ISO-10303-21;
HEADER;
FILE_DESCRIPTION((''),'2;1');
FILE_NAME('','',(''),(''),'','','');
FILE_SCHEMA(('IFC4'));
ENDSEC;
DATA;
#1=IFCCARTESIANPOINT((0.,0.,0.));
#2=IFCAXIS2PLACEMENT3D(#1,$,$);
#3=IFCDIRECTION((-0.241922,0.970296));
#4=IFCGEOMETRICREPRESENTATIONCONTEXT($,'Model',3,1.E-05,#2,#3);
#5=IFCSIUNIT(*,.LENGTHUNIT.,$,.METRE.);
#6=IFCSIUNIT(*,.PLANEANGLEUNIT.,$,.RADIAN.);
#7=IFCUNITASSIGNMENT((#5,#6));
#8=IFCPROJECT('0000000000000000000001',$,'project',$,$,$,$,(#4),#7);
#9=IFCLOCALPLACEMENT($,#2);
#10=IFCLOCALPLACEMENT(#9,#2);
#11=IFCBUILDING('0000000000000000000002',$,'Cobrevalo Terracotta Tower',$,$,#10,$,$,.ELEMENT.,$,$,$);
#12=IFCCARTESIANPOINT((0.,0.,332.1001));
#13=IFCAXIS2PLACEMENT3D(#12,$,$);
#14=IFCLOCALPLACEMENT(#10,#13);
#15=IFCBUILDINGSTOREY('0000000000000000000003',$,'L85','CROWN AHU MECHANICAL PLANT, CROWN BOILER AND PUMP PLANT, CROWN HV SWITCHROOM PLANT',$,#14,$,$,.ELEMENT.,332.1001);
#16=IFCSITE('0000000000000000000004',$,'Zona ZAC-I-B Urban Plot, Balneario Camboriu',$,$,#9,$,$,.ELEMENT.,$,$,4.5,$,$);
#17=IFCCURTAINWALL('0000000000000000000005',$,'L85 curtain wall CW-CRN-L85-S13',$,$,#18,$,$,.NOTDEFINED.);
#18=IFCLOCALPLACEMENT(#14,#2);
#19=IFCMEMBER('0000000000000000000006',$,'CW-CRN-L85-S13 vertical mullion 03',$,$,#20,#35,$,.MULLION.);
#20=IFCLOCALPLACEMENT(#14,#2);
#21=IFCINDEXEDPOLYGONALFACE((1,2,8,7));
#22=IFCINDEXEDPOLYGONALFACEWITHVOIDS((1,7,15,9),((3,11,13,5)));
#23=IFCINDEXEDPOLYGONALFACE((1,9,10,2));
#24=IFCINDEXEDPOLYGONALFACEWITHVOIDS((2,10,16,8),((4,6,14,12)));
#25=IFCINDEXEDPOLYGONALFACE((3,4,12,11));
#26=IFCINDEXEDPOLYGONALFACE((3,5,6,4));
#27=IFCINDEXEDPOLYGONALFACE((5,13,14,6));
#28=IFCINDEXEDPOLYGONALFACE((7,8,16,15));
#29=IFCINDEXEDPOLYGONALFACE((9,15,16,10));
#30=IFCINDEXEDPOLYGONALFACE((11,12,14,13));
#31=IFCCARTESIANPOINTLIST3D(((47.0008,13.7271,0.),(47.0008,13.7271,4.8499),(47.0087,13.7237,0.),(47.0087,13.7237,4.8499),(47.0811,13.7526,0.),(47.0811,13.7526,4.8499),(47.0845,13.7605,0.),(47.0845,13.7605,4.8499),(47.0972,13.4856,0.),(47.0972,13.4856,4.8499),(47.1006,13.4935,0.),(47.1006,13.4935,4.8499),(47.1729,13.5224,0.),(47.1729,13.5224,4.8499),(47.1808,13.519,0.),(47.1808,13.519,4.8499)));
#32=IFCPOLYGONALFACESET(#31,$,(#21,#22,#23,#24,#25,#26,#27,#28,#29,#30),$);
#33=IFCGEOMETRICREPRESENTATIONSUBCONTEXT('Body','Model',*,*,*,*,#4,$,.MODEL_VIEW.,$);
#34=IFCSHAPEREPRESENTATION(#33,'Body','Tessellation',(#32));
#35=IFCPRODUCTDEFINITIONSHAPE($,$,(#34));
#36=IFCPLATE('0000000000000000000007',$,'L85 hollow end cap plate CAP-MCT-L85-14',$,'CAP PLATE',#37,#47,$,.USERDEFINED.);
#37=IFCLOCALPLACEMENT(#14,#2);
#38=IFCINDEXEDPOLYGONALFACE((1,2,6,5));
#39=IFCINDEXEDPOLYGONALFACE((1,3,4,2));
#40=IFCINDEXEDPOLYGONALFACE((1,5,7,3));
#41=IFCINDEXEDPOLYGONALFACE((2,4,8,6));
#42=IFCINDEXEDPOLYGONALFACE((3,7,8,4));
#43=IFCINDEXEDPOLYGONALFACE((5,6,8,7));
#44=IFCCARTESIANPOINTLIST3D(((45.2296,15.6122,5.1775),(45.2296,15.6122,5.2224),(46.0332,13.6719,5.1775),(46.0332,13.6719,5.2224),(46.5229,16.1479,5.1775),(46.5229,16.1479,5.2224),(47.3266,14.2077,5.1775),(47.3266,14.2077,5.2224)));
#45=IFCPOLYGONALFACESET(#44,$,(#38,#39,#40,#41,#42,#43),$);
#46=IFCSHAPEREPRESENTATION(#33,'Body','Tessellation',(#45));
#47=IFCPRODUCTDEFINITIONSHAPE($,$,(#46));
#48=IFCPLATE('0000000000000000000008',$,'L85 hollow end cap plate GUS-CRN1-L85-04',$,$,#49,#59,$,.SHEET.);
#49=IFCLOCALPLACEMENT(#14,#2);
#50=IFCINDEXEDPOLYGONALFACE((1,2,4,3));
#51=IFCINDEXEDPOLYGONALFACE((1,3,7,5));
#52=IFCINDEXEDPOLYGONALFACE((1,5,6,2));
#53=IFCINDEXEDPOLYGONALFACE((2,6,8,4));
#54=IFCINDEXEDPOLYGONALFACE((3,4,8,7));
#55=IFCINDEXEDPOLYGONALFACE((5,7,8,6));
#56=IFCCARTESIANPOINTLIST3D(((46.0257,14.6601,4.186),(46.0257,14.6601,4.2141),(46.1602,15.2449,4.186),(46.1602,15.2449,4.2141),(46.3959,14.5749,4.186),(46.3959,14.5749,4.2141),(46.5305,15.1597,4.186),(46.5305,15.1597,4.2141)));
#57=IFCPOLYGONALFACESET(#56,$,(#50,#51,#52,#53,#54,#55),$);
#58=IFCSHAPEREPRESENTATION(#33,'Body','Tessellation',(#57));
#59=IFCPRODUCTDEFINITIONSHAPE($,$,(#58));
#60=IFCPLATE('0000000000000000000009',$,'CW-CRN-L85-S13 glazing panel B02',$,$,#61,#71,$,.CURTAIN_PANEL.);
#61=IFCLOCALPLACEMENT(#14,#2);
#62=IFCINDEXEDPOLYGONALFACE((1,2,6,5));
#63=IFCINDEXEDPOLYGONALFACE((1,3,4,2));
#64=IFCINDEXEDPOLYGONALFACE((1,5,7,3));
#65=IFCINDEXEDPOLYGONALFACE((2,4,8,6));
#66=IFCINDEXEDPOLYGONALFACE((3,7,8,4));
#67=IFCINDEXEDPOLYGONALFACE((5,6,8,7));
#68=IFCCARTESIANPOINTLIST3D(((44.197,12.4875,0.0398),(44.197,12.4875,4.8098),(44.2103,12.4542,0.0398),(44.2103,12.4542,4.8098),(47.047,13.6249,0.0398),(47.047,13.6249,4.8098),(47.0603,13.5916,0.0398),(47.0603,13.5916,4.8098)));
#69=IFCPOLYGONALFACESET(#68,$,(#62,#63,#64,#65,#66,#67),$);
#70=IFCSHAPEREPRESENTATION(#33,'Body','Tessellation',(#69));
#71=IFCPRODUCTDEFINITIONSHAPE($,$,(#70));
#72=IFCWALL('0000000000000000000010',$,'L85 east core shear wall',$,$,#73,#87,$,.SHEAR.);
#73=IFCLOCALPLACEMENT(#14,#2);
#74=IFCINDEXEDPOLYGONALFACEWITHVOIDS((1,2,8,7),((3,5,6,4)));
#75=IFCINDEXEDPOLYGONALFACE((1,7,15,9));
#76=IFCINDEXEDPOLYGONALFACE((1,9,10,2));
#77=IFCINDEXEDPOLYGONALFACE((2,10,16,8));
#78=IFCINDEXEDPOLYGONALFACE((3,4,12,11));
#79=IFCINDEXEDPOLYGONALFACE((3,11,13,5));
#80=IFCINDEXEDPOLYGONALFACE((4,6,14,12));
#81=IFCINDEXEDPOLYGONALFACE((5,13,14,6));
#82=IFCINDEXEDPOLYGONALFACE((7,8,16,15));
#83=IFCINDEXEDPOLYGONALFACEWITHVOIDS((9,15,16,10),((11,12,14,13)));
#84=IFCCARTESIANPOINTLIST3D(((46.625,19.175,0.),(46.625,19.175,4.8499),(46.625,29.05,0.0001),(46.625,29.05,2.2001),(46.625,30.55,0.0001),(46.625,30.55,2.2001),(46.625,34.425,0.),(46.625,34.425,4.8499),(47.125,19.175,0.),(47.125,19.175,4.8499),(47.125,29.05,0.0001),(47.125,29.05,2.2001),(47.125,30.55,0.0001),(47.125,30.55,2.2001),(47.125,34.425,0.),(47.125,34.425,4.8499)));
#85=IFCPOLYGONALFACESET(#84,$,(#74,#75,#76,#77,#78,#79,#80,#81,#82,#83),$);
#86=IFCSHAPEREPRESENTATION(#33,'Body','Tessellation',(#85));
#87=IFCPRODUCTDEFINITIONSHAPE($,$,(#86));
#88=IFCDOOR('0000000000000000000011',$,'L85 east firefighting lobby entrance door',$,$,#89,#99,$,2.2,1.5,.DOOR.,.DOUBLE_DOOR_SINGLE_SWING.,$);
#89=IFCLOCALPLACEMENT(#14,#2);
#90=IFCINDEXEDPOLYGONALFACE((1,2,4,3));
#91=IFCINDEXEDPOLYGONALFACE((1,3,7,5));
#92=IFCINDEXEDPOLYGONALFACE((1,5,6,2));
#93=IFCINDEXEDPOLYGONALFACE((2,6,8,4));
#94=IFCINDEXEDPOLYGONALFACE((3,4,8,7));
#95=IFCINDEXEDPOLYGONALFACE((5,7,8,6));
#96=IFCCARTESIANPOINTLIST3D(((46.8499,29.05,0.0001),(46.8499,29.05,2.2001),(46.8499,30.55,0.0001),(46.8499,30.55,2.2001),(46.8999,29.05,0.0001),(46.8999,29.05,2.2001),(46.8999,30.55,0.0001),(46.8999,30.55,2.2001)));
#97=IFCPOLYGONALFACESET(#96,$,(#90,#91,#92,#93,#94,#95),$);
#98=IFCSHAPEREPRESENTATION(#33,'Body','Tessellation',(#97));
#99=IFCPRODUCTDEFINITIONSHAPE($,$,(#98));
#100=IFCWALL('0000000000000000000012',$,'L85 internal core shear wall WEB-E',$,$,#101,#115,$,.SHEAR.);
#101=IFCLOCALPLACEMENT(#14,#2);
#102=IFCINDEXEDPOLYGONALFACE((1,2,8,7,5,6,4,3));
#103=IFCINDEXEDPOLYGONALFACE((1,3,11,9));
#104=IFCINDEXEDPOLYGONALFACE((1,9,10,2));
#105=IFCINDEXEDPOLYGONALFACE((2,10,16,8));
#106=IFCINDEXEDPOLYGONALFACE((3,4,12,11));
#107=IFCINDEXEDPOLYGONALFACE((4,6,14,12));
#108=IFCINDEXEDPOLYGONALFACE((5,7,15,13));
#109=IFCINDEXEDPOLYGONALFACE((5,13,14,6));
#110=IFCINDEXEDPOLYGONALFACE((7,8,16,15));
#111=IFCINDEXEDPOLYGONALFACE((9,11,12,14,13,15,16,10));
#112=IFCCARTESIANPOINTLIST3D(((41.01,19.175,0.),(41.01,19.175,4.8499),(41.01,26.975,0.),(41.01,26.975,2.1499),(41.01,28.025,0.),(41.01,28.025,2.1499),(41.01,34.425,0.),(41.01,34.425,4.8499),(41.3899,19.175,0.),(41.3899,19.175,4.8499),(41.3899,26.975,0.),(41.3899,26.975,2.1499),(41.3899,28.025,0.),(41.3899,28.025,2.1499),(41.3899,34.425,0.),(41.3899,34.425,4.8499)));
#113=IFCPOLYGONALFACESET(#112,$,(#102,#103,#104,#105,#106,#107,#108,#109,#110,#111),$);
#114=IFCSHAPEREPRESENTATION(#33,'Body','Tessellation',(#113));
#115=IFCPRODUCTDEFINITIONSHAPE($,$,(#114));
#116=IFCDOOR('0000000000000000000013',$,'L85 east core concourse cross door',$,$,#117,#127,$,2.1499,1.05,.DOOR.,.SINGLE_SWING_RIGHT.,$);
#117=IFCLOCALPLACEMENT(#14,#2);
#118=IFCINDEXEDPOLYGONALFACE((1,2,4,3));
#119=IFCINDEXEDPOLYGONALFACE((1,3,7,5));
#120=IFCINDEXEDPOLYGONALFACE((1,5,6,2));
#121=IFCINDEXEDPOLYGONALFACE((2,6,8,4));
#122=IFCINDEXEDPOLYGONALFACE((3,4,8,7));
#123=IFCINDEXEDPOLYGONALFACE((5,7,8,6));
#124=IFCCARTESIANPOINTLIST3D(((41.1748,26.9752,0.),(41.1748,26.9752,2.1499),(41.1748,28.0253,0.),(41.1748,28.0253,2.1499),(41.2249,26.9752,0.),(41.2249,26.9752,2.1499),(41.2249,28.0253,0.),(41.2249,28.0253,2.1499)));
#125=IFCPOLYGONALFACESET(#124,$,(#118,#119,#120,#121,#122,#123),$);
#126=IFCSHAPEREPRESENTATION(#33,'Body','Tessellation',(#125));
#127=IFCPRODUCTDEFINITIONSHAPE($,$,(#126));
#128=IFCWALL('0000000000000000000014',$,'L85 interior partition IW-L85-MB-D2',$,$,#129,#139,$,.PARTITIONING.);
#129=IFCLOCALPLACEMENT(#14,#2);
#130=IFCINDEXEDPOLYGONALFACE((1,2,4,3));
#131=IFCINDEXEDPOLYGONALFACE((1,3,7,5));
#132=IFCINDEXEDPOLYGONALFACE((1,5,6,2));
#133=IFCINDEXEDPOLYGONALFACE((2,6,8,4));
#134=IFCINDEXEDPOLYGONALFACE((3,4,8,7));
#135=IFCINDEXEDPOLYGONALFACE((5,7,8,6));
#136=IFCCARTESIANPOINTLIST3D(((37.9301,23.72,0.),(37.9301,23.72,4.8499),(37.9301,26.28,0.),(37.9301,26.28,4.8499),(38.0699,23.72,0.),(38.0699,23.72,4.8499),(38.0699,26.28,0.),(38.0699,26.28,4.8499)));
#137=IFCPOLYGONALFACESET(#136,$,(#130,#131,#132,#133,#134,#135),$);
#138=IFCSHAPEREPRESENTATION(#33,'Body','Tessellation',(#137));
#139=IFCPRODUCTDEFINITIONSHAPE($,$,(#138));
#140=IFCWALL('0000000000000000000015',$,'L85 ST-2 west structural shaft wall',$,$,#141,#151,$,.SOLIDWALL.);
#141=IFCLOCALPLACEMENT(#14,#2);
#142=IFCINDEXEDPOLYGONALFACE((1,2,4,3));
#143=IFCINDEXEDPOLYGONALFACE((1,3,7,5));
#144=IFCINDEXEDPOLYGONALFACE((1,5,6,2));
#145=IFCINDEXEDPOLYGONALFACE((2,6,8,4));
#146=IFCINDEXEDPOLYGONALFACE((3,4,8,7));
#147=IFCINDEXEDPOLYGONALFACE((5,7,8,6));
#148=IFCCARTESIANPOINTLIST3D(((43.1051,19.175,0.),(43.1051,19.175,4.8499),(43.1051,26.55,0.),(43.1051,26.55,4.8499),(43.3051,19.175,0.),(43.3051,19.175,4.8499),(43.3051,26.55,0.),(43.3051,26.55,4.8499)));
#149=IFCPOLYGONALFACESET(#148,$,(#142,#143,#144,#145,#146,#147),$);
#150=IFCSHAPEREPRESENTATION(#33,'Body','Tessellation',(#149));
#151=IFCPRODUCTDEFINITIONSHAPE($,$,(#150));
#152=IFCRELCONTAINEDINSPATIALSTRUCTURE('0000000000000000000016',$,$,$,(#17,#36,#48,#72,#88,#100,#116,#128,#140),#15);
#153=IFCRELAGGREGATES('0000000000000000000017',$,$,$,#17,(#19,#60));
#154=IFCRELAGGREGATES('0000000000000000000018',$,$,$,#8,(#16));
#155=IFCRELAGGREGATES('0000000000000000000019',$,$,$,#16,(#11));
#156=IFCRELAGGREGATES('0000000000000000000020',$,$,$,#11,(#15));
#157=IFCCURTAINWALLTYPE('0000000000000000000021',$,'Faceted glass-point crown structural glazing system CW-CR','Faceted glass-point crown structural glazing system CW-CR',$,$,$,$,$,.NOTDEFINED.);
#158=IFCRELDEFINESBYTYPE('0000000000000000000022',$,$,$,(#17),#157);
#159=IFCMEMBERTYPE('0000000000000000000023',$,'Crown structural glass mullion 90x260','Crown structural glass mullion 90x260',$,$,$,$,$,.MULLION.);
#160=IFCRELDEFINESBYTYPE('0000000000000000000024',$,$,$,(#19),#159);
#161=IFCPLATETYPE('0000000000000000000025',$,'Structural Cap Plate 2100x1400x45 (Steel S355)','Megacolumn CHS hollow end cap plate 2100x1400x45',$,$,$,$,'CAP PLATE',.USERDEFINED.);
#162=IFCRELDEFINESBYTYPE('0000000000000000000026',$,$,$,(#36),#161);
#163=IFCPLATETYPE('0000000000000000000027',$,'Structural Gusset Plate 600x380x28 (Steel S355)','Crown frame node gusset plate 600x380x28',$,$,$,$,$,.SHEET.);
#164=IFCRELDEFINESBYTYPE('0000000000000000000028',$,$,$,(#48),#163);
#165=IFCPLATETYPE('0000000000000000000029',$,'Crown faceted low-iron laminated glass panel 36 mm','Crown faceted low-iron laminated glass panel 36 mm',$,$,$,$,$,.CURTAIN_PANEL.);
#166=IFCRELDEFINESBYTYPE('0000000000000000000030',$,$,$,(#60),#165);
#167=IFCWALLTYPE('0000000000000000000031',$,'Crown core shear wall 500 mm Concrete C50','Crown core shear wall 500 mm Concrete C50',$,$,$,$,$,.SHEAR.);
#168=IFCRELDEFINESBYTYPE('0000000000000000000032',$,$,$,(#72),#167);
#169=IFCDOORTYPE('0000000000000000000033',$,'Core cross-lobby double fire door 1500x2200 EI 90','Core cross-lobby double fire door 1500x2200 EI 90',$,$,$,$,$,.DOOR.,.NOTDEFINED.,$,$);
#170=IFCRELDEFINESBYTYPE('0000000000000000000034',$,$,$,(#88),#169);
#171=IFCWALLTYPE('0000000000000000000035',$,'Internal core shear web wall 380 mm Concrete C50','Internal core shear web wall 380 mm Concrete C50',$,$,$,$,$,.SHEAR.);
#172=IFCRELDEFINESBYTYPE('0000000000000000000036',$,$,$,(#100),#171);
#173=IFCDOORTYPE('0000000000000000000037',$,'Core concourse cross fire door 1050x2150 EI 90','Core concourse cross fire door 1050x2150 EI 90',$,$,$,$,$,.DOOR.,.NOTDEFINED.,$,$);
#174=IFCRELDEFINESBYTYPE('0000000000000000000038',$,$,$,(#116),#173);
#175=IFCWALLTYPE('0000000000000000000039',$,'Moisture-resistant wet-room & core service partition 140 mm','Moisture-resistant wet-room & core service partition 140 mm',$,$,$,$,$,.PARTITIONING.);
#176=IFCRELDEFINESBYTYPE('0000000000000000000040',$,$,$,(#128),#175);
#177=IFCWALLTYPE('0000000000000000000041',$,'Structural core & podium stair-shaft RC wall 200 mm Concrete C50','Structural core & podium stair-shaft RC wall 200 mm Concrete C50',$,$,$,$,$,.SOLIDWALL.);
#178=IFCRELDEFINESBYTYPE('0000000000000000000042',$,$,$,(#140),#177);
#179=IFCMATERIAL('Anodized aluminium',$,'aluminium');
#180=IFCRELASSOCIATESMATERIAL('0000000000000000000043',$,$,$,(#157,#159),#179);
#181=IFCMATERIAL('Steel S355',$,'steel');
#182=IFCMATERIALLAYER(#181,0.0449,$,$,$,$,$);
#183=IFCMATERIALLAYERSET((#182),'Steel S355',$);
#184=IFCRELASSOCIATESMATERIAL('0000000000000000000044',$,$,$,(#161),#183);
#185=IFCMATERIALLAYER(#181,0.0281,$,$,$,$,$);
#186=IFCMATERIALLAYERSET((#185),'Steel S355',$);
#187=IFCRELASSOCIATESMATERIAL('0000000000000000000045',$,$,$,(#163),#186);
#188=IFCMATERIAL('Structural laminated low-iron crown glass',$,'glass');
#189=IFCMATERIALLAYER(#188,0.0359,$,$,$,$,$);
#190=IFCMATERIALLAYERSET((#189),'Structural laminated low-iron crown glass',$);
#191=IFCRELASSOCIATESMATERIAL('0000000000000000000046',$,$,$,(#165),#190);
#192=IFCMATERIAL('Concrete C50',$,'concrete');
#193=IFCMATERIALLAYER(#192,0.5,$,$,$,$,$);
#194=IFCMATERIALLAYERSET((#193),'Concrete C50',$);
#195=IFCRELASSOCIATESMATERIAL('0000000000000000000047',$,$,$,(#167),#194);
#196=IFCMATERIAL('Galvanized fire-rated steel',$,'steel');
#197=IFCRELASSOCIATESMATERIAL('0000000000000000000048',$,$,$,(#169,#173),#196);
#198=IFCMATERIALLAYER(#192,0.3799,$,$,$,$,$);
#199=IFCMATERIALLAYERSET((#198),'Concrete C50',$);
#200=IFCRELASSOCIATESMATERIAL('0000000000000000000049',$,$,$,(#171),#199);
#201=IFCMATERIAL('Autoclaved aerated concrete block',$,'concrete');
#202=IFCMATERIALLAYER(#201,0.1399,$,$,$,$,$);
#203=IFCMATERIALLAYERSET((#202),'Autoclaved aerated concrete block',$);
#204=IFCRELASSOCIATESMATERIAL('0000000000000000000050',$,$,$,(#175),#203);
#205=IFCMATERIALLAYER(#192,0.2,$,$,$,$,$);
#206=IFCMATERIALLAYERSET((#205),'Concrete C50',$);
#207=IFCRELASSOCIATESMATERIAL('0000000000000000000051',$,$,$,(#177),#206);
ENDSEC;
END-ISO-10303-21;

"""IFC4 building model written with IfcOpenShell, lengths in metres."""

from ifc_helpers import new_model, si_unit, direction, frame, frame_2d, origin, origin_2d, place, context, subcontext, project, spatial, rectangle, hollow_rectangle, extrude, source, transform, mapped, material, layer, layer_set, material_profile, profile_set, type_object, element, fill, aggregate, save


model = new_model("IFC4")

# Units and contexts
model_context = context("Model", 3, precision=1e-05, world=origin(), true_north=direction((-0.241922, 0.970296)))
body_context = subcontext(model_context, "Body", "Model", "MODEL_VIEW")
ifc_project = project(units=[si_unit("LENGTHUNIT", "METRE"), si_unit("PLANEANGLEUNIT", "RADIAN")], contexts=[model_context])

# Site, building, storey
site_placement = place(None, origin())
site = spatial("IfcSite", under=ifc_project, at=site_placement, Name="Zona ZAC-I-B Urban Plot, Balneario Camboriu", CompositionType="ELEMENT", RefElevation=4.5)
building_placement = place(site_placement, origin())
building = spatial("IfcBuilding", under=site, at=building_placement, Name="Cobrevalo Terracotta Tower", CompositionType="ELEMENT")
storey_placement = place(building_placement, frame((0.0, 0.0, 332.1001)))
storey = spatial("IfcBuildingStorey", under=building, at=storey_placement, Name="L85", Description="CROWN AHU MECHANICAL PLANT, CROWN BOILER AND PUMP PLANT, CROWN HV SWITCHROOM PLANT", CompositionType="ELEMENT", Elevation=332.1001)

# Shared definitions
ifc_material_1 = material(Name="Steel S355", Category="steel")
ifc_material_2 = material(Name="Concrete C50", Category="concrete")

# Curtain wall, member
ifc_material_3 = material(Name="Anodized aluminium", Category="aluminium")
curtain_wall_type = type_object("IfcCurtainWallType", Name="Faceted glass-point crown structural glazing system CW-CR", Description="Faceted glass-point crown structural glazing system CW-CR", PredefinedType="NOTDEFINED", material=ifc_material_3)
curtain_wall_placement = place(storey_placement, origin())
curtain_wall = element("IfcCurtainWall", 1, at=curtain_wall_placement, inside=storey, type_object=curtain_wall_type, Name="L85 curtain wall CW-CRN-L85-S13", PredefinedType="NOTDEFINED")
ifc_material_profile_1 = material_profile(ifc_material_3, hollow_rectangle(XDim=0.0901, YDim=0.26, WallThickness=0.0061, at=origin_2d()), Name="CWM 90x260")
ifc_profile_set_1 = profile_set([ifc_material_profile_1], Name="Anodized aluminium")
member_type = type_object("IfcMemberType", Name="Crown structural glass mullion 90x260", Description="Crown structural glass mullion 90x260", PredefinedType="MULLION", material=ifc_profile_set_1)
shared_shape_1 = source(origin(), body_context, "Body", "SweptSolid", [
    extrude(hollow_rectangle(XDim=0.0901, YDim=0.26, WallThickness=0.0061, at=origin_2d()), origin(), (0.0, 0.0, 1.0), 4.8499),
])
member_placement = place(storey_placement, frame((47.0908, 13.623, 0.0), z_axis=(0.0, 0.0, 1.0), x_axis=(0.928771, 0.370655, 0.0)))
member = element("IfcMember", 2, at=member_placement, type_object=member_type, Name="CW-CRN-L85-S13 vertical mullion 03", PredefinedType="MULLION", context=body_context, shape_type="MappedRepresentation", body=[
    mapped(shared_shape_1, transform((0.0, 0.0, 0.0), scale=1.0)),
])

# Plates
ifc_layer_1 = layer(ifc_material_1, 0.0449)
ifc_layer_set_1 = layer_set([ifc_layer_1], Name="Steel S355")
plate_type_1 = type_object("IfcPlateType", Name="Structural Cap Plate 2100x1400x45 (Steel S355)", Description="Megacolumn CHS hollow end cap plate 2100x1400x45", ElementType="CAP PLATE", PredefinedType="USERDEFINED", material=ifc_layer_set_1)
shared_shape_2 = source(origin(), body_context, "Body", "SweptSolid", [
    extrude(rectangle(XDim=2.1001, YDim=1.3999, at=origin_2d()), origin(), (0.0, 0.0, 1.0), 0.0449),
])
plate_1_placement = place(storey_placement, frame((46.2781, 14.9099, 5.1775), z_axis=(0.0, 0.0, 1.0), x_axis=(0.382683, -0.92388, 0.0)))
element("IfcPlate", 3, at=plate_1_placement, inside=storey, type_object=plate_type_1, Name="L85 hollow end cap plate CAP-MCT-L85-14", ObjectType="CAP PLATE", PredefinedType="USERDEFINED", context=body_context, shape_type="MappedRepresentation", body=[
    mapped(shared_shape_2, transform((0.0, 0.0, 0.0), scale=1.0)),
])
ifc_layer_2 = layer(ifc_material_1, 0.0281)
ifc_layer_set_2 = layer_set([ifc_layer_2], Name="Steel S355")
plate_type_2 = type_object("IfcPlateType", Name="Structural Gusset Plate 600x380x28 (Steel S355)", Description="Crown frame node gusset plate 600x380x28", PredefinedType="SHEET", material=ifc_layer_set_2)
shared_shape_3 = source(origin(), body_context, "Body", "SweptSolid", [
    extrude(rectangle(XDim=0.6001, YDim=0.3799, at=origin_2d()), origin(), (0.0, 0.0, 1.0), 0.0281),
])
plate_2_placement = place(storey_placement, frame((46.2781, 14.9099, 4.186), z_axis=(0.0, 0.0, 1.0), x_axis=(-0.224221, -0.974538, 0.0)))
element("IfcPlate", 4, at=plate_2_placement, inside=storey, type_object=plate_type_2, Name="L85 hollow end cap plate GUS-CRN1-L85-04", PredefinedType="SHEET", context=body_context, shape_type="MappedRepresentation", body=[
    mapped(shared_shape_3, transform((0.0, 0.0, 0.0), scale=1.0)),
])

# Plate
ifc_material_4 = material(Name="Structural laminated low-iron crown glass", Category="glass")
ifc_layer_3 = layer(ifc_material_4, 0.0359)
ifc_layer_set_3 = layer_set([ifc_layer_3], Name="Structural laminated low-iron crown glass")
plate_type_3 = type_object("IfcPlateType", Name="Crown faceted low-iron laminated glass panel 36 mm", Description="Crown faceted low-iron laminated glass panel 36 mm", PredefinedType="CURTAIN_PANEL", material=ifc_layer_set_3)
shared_shape_4 = source(origin(), body_context, "Body", "SweptSolid", [
    extrude(rectangle(XDim=3.0686, YDim=0.0359, at=origin_2d()), origin(), (0.0, 0.0, 1.0), 4.77),
])
plate_3_placement = place(storey_placement, frame((45.6287, 13.0396, 0.0398), z_axis=(0.0, 0.0, 1.0), x_axis=(0.928769, 0.37066, 0.0)))
plate_3 = element("IfcPlate", 5, at=plate_3_placement, type_object=plate_type_3, Name="CW-CRN-L85-S13 glazing panel B02", PredefinedType="CURTAIN_PANEL", context=body_context, shape_type="MappedRepresentation", body=[
    mapped(shared_shape_4, transform((0.0, 0.0, 0.0), scale=1.0)),
])
aggregate(curtain_wall, [member, plate_3])

# Walls, openings, doors
ifc_layer_4 = layer(ifc_material_2, 0.5)
ifc_layer_set_4 = layer_set([ifc_layer_4], Name="Concrete C50")
wall_type_1 = type_object("IfcWallType", Name="Crown core shear wall 500 mm Concrete C50", Description="Crown core shear wall 500 mm Concrete C50", PredefinedType="SHEAR", material=ifc_layer_set_4)
wall_1_placement = place(storey_placement, frame((46.875, 19.175, 0.0), z_axis=(0.0, 0.0, 1.0), x_axis=(0.0, 1.0, 0.0)))
wall_1 = element("IfcWall", 6, at=wall_1_placement, inside=storey, type_object=wall_type_1, Name="L85 east core shear wall", PredefinedType="SHEAR", context=body_context, shape_type="SweptSolid", body=[
    extrude(rectangle(XDim=15.25, YDim=0.5, at=frame_2d((7.625, 0.0))), origin(), (0.0, 0.0, 1.0), 4.8499),
])
opening_1_placement = place(wall_1_placement, frame((9.875, 0.0, 0.0)))
opening_1 = element("IfcOpeningElement", 7, at=opening_1_placement, cuts=wall_1, PredefinedType="OPENING", context=body_context, shape_type="SweptSolid", body=[
    extrude(rectangle(XDim=1.5, YDim=2.2, at=frame_2d((0.75, 1.1001))), frame((0.0, 0.26, 0.0), z_axis=(0.0, -1.0, 0.0), x_axis=(1.0, 0.0, 0.0)), (0.0, 0.0, 1.0), 0.52),
])
ifc_material_5 = material(Name="Galvanized fire-rated steel", Category="steel")
door_type_1 = type_object("IfcDoorType", Name="Core cross-lobby double fire door 1500x2200 EI 90", Description="Core cross-lobby double fire door 1500x2200 EI 90", OperationType="NOTDEFINED", PredefinedType="DOOR", material=ifc_material_5)
shared_shape_5 = source(origin(), body_context, "Body", "SweptSolid", [
    extrude(rectangle(XDim=1.5, YDim=2.2, at=frame_2d((0.75, 1.1001))), frame((0.0, 0.0249, 0.0), z_axis=(0.0, -1.0, 0.0), x_axis=(1.0, 0.0, 0.0)), (0.0, 0.0, 1.0), 0.05),
])
door_1_placement = place(opening_1_placement, frame((1.5, 0.0, 0.0), z_axis=(0.0, 0.0, 1.0), x_axis=(-1.0, 0.0, 0.0)))
door_1 = element("IfcDoor", 8, at=door_1_placement, inside=storey, type_object=door_type_1, Name="L85 east firefighting lobby entrance door", OperationType="DOUBLE_DOOR_SINGLE_SWING", OverallHeight=2.2, OverallWidth=1.5, PredefinedType="DOOR", context=body_context, shape_type="MappedRepresentation", body=[
    mapped(shared_shape_5, transform((0.0, 0.0, 0.0), scale=1.0)),
])
fill(opening_1, door_1)
ifc_layer_5 = layer(ifc_material_2, 0.3799)
ifc_layer_set_5 = layer_set([ifc_layer_5], Name="Concrete C50")
wall_type_2 = type_object("IfcWallType", Name="Internal core shear web wall 380 mm Concrete C50", Description="Internal core shear web wall 380 mm Concrete C50", PredefinedType="SHEAR", material=ifc_layer_set_5)
wall_2_placement = place(storey_placement, frame((41.2, 19.175, 0.0), z_axis=(0.0, 0.0, 1.0), x_axis=(0.0, 1.0, 0.0)))
wall_2 = element("IfcWall", 9, at=wall_2_placement, inside=storey, type_object=wall_type_2, Name="L85 internal core shear wall WEB-E", PredefinedType="SHEAR", context=body_context, shape_type="SweptSolid", body=[
    extrude(rectangle(XDim=15.25, YDim=0.3799, at=frame_2d((7.625, 0.0))), origin(), (0.0, 0.0, 1.0), 4.8499),
])
opening_2_placement = place(wall_2_placement, frame((7.8, 0.0, 0.0)))
opening_2 = element("IfcOpeningElement", 10, at=opening_2_placement, cuts=wall_2, PredefinedType="OPENING", context=body_context, shape_type="SweptSolid", body=[
    extrude(rectangle(XDim=1.05, YDim=2.1499, at=frame_2d((0.5249, 1.075))), frame((0.0, 0.2, 0.0), z_axis=(0.0, -1.0, 0.0), x_axis=(1.0, 0.0, 0.0)), (0.0, 0.0, 1.0), 0.3999),
])
door_type_2 = type_object("IfcDoorType", Name="Core concourse cross fire door 1050x2150 EI 90", Description="Core concourse cross fire door 1050x2150 EI 90", OperationType="NOTDEFINED", PredefinedType="DOOR", material=ifc_material_5)
shared_shape_6 = source(origin(), body_context, "Body", "SweptSolid", [
    extrude(rectangle(XDim=1.05, YDim=2.1499, at=frame_2d((0.5249, 1.075))), frame((0.0, 0.0249, 0.0), z_axis=(0.0, -1.0, 0.0), x_axis=(1.0, 0.0, 0.0)), (0.0, 0.0, 1.0), 0.05),
])
door_2_placement = place(opening_2_placement, frame((1.05, 0.0, 0.0), z_axis=(0.0, 0.0, 1.0), x_axis=(-1.0, 0.0, 0.0)))
door_2 = element("IfcDoor", 11, at=door_2_placement, inside=storey, type_object=door_type_2, Name="L85 east core concourse cross door", OperationType="SINGLE_SWING_RIGHT", OverallHeight=2.1499, OverallWidth=1.05, PredefinedType="DOOR", context=body_context, shape_type="MappedRepresentation", body=[
    mapped(shared_shape_6, transform((0.0, 0.0, 0.0), scale=1.0)),
])
fill(opening_2, door_2)

# Walls
ifc_material_6 = material(Name="Autoclaved aerated concrete block", Category="concrete")
ifc_layer_6 = layer(ifc_material_6, 0.1399)
ifc_layer_set_6 = layer_set([ifc_layer_6], Name="Autoclaved aerated concrete block")
wall_type_3 = type_object("IfcWallType", Name="Moisture-resistant wet-room & core service partition 140 mm", Description="Moisture-resistant wet-room & core service partition 140 mm", PredefinedType="PARTITIONING", material=ifc_layer_set_6)
wall_3_placement = place(storey_placement, frame((38.0, 23.72, 0.0), z_axis=(0.0, 0.0, 1.0), x_axis=(0.0, 1.0, 0.0)))
element("IfcWall", 12, at=wall_3_placement, inside=storey, type_object=wall_type_3, Name="L85 interior partition IW-L85-MB-D2", PredefinedType="PARTITIONING", context=body_context, shape_type="SweptSolid", body=[
    extrude(rectangle(XDim=2.5601, YDim=0.1399, at=frame_2d((1.28, 0.0))), origin(), (0.0, 0.0, 1.0), 4.8499),
])
ifc_layer_7 = layer(ifc_material_2, 0.2)
ifc_layer_set_7 = layer_set([ifc_layer_7], Name="Concrete C50")
wall_type_4 = type_object("IfcWallType", Name="Structural core & podium stair-shaft RC wall 200 mm Concrete C50", Description="Structural core & podium stair-shaft RC wall 200 mm Concrete C50", PredefinedType="SOLIDWALL", material=ifc_layer_set_7)
wall_4_placement = place(storey_placement, frame((43.2051, 19.175, 0.0), z_axis=(0.0, 0.0, 1.0), x_axis=(0.0, 1.0, 0.0)))
element("IfcWall", 13, at=wall_4_placement, inside=storey, type_object=wall_type_4, Name="L85 ST-2 west structural shaft wall", PredefinedType="SOLIDWALL", context=body_context, shape_type="SweptSolid", body=[
    extrude(rectangle(XDim=7.375, YDim=0.2, at=frame_2d((3.6875, 0.0))), origin(), (0.0, 0.0, 1.0), 4.8499),
])

save(model, "model.ifc")
